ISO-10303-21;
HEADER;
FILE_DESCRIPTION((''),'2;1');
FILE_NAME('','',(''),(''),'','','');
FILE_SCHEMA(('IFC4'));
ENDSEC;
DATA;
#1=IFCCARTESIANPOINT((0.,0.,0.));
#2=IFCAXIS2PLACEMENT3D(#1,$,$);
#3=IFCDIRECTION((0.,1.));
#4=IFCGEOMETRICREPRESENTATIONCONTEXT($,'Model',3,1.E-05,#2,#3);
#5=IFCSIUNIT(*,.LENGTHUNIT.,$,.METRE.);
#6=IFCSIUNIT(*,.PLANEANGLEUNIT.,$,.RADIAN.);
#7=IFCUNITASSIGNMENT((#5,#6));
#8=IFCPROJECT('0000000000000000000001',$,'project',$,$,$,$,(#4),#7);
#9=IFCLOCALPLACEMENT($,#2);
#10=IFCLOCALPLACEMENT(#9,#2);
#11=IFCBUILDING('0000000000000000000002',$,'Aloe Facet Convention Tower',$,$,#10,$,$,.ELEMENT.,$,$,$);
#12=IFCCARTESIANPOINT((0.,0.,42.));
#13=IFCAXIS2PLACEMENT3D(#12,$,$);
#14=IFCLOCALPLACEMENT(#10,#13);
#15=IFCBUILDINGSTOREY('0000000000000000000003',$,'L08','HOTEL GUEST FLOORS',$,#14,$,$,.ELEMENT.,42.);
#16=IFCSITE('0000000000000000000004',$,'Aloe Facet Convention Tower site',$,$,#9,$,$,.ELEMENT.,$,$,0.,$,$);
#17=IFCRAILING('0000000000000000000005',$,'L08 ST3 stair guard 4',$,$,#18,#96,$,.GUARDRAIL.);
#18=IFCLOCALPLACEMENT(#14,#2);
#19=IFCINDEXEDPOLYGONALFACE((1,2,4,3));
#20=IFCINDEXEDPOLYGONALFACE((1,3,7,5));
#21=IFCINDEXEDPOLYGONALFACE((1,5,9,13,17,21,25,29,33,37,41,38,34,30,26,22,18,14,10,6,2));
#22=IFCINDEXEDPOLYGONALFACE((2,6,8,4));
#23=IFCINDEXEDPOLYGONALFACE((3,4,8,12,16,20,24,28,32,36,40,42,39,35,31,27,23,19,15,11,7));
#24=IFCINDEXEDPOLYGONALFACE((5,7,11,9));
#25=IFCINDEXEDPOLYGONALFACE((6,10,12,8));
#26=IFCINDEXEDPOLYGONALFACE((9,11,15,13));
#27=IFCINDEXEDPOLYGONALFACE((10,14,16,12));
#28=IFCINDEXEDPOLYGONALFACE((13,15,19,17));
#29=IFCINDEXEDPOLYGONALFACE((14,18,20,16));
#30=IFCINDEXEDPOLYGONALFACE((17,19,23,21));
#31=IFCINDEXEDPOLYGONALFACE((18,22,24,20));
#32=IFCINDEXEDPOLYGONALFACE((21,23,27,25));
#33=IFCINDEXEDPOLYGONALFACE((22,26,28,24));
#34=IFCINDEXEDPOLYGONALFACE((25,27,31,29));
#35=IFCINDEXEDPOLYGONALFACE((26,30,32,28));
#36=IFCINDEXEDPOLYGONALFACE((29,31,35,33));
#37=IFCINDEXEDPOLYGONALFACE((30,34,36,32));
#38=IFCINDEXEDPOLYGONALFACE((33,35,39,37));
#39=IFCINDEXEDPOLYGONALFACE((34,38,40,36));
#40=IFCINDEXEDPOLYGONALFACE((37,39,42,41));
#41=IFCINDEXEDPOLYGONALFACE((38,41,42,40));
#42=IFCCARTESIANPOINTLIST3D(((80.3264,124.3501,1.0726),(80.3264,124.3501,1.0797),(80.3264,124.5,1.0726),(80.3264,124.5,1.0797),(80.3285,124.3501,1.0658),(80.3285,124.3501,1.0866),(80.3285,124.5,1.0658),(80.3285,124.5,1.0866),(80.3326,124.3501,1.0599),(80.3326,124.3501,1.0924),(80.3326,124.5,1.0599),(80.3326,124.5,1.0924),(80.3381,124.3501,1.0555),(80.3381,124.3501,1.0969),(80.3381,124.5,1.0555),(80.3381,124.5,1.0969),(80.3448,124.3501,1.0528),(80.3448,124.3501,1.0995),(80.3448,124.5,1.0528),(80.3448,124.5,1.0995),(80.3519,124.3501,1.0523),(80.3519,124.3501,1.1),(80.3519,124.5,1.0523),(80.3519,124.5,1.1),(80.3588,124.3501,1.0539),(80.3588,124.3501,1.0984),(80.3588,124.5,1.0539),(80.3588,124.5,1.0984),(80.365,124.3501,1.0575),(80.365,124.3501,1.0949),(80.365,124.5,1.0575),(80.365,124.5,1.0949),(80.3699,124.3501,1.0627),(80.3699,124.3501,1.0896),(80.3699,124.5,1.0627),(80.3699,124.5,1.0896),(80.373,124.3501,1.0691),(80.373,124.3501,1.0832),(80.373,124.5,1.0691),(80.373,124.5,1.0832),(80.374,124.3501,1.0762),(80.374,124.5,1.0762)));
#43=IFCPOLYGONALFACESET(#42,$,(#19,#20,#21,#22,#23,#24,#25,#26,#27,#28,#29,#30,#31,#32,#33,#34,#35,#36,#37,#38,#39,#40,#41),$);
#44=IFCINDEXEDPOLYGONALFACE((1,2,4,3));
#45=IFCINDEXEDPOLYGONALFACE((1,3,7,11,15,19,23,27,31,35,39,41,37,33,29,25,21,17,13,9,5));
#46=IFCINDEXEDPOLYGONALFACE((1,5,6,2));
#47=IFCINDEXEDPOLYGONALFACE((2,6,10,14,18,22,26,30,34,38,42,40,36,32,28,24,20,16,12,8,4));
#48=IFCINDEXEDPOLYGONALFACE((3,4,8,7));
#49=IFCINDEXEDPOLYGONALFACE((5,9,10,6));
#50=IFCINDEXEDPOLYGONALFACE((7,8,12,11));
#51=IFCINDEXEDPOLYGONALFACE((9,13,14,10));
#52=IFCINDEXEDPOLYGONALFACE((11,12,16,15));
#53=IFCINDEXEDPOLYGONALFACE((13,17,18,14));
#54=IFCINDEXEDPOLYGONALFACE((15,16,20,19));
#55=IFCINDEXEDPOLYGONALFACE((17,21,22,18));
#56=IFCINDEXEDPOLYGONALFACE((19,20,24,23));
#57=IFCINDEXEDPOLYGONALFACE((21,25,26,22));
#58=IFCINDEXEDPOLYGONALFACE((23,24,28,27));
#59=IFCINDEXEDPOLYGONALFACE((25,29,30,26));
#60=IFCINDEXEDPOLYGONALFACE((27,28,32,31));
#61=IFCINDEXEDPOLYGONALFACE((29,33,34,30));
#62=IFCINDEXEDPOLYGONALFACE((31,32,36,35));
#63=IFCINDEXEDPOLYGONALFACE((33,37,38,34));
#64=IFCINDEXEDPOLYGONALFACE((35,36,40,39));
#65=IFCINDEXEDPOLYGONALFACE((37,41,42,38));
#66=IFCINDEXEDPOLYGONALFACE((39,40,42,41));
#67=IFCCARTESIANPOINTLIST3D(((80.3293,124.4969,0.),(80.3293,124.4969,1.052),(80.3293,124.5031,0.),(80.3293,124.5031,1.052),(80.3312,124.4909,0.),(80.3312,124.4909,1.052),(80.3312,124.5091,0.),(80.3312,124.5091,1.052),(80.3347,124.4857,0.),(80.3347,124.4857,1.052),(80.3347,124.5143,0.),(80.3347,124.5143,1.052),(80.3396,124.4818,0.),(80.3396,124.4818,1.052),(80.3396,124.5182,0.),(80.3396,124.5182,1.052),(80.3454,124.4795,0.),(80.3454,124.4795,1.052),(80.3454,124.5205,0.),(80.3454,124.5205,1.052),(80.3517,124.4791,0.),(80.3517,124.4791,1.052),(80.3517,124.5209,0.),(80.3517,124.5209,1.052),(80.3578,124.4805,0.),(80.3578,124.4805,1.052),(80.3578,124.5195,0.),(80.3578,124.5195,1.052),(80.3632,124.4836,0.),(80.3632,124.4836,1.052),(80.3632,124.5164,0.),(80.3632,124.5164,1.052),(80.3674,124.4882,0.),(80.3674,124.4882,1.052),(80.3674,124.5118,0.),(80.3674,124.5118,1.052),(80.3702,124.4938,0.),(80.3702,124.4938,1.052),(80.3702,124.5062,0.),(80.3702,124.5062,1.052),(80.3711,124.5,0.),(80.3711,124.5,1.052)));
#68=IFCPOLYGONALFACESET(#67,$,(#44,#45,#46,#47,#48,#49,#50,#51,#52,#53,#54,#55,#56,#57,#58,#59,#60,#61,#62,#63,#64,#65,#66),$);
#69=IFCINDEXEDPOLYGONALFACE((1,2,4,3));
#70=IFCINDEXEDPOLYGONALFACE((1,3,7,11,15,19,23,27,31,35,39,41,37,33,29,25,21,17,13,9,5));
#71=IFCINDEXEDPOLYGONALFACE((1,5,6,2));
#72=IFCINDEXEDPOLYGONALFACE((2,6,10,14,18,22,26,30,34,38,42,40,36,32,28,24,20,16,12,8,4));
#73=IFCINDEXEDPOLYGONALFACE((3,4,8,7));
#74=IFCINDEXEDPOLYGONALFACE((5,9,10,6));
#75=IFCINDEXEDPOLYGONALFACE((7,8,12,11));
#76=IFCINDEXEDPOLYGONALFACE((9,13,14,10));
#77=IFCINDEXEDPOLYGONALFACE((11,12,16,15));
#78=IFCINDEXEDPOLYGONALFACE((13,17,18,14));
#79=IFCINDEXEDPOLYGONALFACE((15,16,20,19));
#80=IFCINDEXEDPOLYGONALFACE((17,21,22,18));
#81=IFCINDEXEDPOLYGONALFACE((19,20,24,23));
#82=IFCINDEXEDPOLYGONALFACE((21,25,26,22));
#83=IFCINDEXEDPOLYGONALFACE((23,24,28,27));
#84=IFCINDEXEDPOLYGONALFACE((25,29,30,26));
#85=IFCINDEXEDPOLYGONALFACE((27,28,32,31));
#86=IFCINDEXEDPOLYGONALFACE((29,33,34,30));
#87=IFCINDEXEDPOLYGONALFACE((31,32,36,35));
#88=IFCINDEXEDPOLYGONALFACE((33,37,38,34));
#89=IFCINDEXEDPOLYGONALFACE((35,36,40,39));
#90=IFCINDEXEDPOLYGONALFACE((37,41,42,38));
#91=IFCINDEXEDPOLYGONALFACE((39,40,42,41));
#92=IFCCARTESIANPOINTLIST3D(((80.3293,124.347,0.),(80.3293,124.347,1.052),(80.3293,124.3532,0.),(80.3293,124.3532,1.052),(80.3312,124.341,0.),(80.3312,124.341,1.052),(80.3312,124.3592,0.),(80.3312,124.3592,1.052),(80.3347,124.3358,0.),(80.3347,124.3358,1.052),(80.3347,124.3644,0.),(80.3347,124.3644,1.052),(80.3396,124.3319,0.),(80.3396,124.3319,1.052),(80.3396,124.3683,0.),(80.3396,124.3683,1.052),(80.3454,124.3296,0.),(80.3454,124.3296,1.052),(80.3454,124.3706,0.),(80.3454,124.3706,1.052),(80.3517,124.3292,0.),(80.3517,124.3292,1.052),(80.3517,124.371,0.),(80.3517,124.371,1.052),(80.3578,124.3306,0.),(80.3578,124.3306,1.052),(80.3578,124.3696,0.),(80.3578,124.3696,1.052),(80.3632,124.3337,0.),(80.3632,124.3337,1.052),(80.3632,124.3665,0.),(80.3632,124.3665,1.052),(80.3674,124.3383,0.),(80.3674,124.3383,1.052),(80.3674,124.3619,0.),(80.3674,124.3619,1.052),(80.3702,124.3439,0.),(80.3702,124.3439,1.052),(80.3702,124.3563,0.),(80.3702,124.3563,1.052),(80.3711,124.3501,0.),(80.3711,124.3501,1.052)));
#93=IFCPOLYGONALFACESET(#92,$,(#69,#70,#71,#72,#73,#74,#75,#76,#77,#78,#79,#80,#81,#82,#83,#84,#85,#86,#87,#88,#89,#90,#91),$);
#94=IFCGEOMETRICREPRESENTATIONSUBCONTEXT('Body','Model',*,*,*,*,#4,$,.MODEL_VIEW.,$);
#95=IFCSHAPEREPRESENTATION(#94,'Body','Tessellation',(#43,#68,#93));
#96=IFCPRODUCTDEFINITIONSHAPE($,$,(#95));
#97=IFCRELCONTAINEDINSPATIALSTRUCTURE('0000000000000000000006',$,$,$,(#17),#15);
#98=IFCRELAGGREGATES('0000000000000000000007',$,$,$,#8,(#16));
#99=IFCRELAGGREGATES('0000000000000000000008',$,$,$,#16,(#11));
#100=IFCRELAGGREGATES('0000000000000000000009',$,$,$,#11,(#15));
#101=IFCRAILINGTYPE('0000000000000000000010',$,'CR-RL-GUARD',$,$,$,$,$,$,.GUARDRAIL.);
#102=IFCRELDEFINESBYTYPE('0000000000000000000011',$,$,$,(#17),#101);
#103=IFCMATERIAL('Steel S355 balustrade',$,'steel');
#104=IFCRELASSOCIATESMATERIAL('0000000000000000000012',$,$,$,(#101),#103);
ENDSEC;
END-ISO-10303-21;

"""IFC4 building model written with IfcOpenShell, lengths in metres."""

from ifc_helpers import new_model, si_unit, direction, frame, origin, origin_2d, place, context, subcontext, project, spatial, circle, extrude, material, type_object, element, save


model = new_model("IFC4")

# Units and contexts
model_context = context("Model", 3, precision=1e-05, world=origin(), true_north=direction((0.0, 1.0)))
body_context = subcontext(model_context, "Body", "Model", "MODEL_VIEW")
ifc_project = project(units=[si_unit("LENGTHUNIT", "METRE"), si_unit("PLANEANGLEUNIT", "RADIAN")], contexts=[model_context])

# Site, building, storey
site_placement = place(None, origin())
site = spatial("IfcSite", under=ifc_project, at=site_placement, Name="Aloe Facet Convention Tower site", CompositionType="ELEMENT", RefElevation=0.0)
building_placement = place(site_placement, origin())
building = spatial("IfcBuilding", under=site, at=building_placement, Name="Aloe Facet Convention Tower", CompositionType="ELEMENT")
storey_placement = place(building_placement, frame((0.0, 0.0, 42.0)))
storey = spatial("IfcBuildingStorey", under=building, at=storey_placement, Name="L08", Description="HOTEL GUEST FLOORS", CompositionType="ELEMENT", Elevation=42.0)

# Railing
ifc_material_1 = material(Name="Steel S355 balustrade", Category="steel")
railing_type_1 = type_object("IfcRailingType", Name="CR-RL-GUARD", PredefinedType="GUARDRAIL", material=ifc_material_1)
railing_1_placement = place(storey_placement, frame((80.3501, 124.5, 0.0)))
element("IfcRailing", 1, at=railing_1_placement, inside=storey, type_object=railing_type_1, Name="L08 ST3 stair guard 4", PredefinedType="GUARDRAIL", context=body_context, shape_type="SweptSolid", body=[
    extrude(circle(Radius=0.0239, at=origin_2d()), frame((0.0, 0.0, 1.0762), z_axis=(0.0, -1.0, 0.0), x_axis=(1.0, 0.0, 0.0)), (0.0, 0.0, 1.0), 0.1499),
    extrude(circle(Radius=0.021, at=origin_2d()), origin(), (0.0, 0.0, 1.0), 1.052),
    extrude(circle(Radius=0.021, at=origin_2d()), frame((0.0, -0.1499, 0.0)), (0.0, 0.0, 1.0), 1.052),
])

save(model, "model.ifc")
